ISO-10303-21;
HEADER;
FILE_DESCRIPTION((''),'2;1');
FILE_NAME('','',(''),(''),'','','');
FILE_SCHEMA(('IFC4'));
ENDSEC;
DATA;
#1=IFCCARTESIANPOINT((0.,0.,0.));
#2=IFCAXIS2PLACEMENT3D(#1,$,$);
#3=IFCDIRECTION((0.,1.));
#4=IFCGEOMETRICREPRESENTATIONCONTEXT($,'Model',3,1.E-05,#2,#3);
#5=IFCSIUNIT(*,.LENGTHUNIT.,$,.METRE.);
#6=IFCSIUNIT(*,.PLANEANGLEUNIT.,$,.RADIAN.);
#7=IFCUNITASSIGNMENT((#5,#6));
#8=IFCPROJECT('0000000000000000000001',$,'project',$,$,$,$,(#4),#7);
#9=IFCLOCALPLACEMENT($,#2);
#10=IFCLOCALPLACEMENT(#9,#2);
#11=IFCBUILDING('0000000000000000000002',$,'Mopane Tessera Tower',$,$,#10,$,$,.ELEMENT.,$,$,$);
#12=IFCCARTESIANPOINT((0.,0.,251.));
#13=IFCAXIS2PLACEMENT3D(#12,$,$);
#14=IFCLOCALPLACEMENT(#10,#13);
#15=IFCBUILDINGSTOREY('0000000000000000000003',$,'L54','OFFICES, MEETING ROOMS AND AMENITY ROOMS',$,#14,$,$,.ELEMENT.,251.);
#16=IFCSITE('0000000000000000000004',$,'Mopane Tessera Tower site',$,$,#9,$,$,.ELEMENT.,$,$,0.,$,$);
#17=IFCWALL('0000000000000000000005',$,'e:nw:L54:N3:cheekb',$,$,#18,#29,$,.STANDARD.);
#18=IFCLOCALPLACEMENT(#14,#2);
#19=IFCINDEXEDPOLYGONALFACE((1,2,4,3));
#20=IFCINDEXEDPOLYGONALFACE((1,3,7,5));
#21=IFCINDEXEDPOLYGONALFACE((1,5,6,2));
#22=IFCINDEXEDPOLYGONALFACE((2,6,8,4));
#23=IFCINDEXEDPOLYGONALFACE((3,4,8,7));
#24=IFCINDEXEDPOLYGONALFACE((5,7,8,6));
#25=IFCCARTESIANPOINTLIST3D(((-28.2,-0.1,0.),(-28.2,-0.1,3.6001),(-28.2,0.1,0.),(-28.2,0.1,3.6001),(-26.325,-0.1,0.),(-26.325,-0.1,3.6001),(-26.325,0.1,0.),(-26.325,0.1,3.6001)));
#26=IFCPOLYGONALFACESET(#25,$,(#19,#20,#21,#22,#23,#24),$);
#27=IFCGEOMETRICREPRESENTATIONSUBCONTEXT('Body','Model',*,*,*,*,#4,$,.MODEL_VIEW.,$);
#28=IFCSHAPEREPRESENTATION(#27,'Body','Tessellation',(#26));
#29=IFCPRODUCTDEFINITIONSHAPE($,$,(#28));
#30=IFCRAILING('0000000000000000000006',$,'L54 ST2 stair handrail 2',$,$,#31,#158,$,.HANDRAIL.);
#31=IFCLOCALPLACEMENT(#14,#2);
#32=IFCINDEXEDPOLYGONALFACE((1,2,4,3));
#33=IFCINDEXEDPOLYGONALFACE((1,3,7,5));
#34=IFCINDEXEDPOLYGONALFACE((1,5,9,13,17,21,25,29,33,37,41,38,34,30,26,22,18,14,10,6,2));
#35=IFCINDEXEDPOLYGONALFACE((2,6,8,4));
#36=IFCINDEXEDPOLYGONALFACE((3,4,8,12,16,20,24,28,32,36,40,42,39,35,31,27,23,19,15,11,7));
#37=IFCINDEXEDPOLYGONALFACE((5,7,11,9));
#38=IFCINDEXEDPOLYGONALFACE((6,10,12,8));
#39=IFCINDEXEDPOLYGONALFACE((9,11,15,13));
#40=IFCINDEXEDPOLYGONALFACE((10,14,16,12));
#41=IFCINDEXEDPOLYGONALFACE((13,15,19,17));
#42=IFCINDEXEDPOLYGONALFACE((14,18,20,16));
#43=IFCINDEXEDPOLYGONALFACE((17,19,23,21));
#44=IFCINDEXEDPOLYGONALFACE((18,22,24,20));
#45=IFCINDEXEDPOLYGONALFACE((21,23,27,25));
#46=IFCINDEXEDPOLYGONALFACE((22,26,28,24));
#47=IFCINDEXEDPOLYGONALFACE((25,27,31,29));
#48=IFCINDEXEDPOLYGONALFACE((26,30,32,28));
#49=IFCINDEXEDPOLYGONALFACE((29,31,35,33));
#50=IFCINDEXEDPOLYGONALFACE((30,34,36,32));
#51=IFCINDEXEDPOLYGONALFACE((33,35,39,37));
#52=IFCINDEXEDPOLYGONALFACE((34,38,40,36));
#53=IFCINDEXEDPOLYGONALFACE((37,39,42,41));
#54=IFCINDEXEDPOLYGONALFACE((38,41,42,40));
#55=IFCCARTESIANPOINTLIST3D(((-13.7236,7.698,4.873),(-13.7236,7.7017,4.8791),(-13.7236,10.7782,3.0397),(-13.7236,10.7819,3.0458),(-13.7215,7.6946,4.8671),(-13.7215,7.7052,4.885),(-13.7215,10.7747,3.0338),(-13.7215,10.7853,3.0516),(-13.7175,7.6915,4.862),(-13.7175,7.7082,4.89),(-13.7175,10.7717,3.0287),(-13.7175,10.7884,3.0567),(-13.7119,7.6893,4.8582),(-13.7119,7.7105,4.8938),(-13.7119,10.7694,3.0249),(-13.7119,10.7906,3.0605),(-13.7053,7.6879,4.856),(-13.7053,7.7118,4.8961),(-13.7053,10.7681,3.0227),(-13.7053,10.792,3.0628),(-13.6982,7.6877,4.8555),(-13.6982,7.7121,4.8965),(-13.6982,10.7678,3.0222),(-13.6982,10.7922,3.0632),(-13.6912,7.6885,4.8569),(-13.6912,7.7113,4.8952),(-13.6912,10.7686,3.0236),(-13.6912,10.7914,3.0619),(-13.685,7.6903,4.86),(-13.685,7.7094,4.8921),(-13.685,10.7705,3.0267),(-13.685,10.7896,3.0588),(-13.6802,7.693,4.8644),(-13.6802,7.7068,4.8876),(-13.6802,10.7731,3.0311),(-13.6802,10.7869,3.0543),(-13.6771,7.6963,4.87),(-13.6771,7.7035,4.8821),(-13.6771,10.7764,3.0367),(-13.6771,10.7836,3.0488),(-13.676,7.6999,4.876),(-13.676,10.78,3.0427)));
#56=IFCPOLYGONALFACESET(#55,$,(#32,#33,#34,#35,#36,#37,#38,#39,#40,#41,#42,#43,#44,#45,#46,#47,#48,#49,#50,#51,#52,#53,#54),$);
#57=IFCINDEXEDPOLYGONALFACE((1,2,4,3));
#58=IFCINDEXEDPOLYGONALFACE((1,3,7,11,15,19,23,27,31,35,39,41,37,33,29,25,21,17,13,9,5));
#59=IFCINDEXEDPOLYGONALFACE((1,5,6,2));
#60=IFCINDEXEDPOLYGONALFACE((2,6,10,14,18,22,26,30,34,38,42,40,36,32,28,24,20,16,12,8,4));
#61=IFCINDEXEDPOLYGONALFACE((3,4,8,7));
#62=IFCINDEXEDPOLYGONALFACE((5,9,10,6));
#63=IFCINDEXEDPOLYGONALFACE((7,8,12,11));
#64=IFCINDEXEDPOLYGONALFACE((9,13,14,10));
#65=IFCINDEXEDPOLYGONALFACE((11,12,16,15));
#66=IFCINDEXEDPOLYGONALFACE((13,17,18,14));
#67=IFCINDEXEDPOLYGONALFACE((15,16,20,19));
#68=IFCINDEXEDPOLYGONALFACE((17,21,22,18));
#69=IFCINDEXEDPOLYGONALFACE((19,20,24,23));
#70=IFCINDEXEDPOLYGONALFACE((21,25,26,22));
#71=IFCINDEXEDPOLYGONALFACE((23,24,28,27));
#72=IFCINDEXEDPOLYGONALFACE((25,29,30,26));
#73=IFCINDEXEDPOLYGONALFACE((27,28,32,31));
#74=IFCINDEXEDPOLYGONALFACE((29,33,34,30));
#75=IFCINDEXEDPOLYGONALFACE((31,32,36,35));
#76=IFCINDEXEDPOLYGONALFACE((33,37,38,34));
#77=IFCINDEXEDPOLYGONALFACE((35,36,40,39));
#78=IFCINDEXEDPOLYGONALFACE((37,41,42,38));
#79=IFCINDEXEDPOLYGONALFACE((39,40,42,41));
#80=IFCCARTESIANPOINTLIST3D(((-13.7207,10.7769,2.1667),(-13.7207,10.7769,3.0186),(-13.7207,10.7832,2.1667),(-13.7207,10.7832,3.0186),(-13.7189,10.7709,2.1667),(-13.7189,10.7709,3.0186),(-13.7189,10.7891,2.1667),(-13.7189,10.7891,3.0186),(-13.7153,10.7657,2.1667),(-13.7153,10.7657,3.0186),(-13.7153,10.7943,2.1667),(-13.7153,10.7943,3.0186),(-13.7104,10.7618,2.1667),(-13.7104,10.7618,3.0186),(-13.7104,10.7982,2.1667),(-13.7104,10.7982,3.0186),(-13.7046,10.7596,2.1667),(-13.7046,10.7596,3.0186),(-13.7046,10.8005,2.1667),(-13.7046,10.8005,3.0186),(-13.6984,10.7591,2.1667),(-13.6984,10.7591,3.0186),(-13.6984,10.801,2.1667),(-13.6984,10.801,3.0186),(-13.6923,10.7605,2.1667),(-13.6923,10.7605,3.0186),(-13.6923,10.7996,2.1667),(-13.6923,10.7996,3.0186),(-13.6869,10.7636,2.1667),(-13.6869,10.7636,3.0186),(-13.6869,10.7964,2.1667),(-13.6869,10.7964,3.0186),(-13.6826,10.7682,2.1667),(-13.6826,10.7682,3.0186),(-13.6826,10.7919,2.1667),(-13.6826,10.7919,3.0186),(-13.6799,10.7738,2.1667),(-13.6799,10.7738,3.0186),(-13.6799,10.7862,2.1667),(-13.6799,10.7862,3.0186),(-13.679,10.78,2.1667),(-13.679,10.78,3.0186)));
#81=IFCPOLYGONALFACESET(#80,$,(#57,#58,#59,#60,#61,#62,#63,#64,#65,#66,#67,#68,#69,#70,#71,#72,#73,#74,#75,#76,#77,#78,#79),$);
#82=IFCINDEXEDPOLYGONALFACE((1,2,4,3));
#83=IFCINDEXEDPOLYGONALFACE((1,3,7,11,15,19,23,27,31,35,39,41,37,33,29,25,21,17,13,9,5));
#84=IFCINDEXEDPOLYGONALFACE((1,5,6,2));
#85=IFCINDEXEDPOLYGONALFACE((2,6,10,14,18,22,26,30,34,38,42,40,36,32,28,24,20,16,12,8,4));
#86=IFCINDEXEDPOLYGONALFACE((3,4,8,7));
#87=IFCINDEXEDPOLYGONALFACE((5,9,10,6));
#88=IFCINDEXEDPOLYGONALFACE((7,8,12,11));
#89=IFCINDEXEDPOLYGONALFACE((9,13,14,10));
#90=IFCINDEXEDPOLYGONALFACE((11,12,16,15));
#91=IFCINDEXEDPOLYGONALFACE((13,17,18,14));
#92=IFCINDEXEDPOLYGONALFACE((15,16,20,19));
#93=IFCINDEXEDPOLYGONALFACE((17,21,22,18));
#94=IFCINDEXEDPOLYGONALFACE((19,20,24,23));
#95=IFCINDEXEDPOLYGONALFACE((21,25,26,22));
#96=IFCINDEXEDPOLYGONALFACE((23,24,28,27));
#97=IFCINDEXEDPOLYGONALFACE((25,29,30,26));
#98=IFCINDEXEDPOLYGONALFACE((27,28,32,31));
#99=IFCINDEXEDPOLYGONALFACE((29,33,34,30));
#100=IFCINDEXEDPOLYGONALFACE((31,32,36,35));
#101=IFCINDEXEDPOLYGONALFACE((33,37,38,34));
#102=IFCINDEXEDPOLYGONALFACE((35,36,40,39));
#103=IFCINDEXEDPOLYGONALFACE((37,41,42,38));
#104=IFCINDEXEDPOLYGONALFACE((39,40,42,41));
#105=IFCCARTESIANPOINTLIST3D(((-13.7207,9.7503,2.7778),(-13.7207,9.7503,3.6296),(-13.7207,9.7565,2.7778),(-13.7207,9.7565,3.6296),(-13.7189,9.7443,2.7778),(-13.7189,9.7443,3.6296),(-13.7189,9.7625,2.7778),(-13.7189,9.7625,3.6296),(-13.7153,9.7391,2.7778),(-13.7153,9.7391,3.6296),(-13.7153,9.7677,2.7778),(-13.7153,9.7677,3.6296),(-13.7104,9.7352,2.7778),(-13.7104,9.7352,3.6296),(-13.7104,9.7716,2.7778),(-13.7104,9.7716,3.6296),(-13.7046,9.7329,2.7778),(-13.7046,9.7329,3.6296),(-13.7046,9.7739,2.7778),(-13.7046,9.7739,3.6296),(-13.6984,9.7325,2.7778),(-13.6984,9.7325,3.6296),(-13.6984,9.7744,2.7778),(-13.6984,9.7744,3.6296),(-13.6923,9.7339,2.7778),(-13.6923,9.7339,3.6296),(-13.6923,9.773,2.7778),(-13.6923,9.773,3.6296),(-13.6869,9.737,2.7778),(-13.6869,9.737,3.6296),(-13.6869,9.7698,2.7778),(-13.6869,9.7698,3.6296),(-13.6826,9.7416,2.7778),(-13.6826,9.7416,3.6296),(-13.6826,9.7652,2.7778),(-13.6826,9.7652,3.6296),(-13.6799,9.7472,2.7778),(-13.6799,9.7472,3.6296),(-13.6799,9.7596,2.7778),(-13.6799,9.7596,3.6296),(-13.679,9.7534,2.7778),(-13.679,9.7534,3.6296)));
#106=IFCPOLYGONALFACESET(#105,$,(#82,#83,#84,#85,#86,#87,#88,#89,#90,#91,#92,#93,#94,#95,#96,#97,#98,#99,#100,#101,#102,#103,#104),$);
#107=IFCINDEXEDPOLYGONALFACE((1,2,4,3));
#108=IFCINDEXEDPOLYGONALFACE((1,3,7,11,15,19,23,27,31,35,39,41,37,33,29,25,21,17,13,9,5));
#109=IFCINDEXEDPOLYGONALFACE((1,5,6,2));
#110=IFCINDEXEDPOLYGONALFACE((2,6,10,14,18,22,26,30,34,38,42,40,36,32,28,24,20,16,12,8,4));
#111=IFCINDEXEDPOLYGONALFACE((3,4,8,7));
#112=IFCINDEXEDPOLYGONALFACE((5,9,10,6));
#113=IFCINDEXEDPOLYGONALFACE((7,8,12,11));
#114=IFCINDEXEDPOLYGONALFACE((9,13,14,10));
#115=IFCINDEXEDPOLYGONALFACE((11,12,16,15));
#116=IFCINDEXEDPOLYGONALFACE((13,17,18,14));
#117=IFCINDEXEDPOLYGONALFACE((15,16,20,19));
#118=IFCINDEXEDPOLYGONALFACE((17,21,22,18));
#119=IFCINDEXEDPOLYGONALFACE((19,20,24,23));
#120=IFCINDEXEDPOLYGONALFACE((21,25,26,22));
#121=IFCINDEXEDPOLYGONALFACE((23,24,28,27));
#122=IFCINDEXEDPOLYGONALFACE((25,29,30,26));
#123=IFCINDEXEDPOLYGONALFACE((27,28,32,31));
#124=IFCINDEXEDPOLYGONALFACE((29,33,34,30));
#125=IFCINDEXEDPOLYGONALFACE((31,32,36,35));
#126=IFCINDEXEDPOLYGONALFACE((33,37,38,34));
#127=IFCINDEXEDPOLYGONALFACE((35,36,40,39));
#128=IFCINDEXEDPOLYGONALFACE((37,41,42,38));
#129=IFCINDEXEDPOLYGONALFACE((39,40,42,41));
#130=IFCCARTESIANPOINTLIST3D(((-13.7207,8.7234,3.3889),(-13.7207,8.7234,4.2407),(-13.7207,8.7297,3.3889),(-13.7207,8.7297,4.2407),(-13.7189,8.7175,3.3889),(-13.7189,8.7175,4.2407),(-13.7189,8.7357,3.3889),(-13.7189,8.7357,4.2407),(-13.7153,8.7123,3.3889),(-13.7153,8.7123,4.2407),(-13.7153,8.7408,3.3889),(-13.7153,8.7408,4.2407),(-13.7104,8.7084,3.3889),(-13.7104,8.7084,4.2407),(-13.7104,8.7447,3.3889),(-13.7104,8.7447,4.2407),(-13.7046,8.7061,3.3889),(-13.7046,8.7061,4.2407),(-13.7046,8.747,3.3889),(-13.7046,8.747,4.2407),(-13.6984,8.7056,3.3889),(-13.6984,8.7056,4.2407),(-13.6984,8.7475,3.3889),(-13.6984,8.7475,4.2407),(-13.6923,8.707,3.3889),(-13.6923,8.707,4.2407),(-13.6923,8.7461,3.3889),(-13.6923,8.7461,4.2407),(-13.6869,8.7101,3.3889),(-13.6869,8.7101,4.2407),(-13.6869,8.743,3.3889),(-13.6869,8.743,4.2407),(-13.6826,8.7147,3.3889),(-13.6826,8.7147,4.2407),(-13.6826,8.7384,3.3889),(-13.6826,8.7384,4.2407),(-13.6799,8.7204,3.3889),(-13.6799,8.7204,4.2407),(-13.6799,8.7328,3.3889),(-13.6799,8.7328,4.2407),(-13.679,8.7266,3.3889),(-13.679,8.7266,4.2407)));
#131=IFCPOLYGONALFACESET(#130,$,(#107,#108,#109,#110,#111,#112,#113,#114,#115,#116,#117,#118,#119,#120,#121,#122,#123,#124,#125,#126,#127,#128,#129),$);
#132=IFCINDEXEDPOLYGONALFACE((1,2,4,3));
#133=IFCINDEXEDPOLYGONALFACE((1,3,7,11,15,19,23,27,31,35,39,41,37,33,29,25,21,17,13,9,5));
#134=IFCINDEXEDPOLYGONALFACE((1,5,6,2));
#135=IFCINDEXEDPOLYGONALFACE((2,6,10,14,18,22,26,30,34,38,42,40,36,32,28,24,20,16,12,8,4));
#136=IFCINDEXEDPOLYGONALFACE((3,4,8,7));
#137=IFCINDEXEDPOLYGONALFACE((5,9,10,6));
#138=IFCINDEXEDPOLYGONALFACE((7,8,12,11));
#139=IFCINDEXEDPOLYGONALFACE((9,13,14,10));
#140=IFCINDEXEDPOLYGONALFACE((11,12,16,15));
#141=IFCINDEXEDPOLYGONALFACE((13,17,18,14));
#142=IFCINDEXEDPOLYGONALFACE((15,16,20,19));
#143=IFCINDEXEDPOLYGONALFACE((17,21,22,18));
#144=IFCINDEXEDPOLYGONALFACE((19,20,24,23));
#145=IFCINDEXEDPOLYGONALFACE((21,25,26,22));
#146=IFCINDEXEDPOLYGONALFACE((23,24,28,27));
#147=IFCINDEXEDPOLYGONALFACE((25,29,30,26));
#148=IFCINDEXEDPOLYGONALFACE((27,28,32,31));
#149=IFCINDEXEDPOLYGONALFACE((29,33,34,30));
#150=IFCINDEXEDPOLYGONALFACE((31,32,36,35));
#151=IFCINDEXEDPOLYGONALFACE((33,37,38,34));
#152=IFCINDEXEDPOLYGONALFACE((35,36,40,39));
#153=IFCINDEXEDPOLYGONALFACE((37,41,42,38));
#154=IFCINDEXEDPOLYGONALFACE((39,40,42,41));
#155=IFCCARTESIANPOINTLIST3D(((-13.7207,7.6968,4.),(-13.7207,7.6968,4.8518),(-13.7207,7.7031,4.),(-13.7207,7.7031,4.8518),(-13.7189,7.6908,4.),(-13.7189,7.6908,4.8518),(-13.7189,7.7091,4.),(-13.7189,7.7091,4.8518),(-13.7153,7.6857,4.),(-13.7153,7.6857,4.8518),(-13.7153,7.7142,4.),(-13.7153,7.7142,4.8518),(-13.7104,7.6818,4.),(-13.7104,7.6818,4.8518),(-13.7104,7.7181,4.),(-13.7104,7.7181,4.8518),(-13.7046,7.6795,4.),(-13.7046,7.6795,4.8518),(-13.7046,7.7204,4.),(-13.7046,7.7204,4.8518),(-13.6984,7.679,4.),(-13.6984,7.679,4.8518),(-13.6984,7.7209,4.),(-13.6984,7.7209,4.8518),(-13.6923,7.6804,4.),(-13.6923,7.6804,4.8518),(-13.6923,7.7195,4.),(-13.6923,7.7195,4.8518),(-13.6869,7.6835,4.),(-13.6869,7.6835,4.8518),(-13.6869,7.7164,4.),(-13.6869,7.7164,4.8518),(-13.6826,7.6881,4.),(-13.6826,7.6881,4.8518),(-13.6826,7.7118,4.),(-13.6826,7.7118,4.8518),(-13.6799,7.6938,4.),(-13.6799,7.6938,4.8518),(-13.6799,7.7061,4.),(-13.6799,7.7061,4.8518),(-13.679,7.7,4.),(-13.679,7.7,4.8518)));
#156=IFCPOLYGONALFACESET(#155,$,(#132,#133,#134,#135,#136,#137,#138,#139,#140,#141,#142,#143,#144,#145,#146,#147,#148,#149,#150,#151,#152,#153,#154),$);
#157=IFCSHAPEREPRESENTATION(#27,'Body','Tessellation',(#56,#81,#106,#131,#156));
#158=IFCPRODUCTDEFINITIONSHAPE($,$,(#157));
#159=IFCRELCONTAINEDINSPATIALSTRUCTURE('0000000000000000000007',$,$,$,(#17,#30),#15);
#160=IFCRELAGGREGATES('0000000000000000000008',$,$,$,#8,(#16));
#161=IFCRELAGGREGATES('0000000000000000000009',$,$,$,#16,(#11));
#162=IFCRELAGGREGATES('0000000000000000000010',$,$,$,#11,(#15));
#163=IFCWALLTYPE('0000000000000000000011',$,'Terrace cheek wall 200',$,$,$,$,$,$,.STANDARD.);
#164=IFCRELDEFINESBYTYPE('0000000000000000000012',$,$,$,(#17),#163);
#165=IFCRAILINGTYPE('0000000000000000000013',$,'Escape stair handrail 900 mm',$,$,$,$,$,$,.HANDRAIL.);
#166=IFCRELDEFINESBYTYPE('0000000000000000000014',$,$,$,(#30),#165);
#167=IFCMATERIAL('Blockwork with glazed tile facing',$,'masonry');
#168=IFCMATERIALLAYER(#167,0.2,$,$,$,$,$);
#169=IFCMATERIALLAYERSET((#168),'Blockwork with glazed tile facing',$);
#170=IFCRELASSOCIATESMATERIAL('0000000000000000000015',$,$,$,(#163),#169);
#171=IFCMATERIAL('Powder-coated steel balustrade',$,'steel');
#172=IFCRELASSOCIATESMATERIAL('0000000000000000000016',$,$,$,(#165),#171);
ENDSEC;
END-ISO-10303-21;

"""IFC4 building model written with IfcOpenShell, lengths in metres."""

from ifc_helpers import new_model, si_unit, direction, frame, frame_2d, origin, origin_2d, place, context, subcontext, project, spatial, rectangle, circle, extrude, material, layer, layer_set, type_object, element, save


model = new_model("IFC4")

# Units and contexts
model_context = context("Model", 3, precision=1e-05, world=origin(), true_north=direction((0.0, 1.0)))
body_context = subcontext(model_context, "Body", "Model", "MODEL_VIEW")
ifc_project = project(units=[si_unit("LENGTHUNIT", "METRE"), si_unit("PLANEANGLEUNIT", "RADIAN")], contexts=[model_context])

# Site, building, storey
site_placement = place(None, origin())
site = spatial("IfcSite", under=ifc_project, at=site_placement, Name="Mopane Tessera Tower site", CompositionType="ELEMENT", RefElevation=0.0)
building_placement = place(site_placement, origin())
building = spatial("IfcBuilding", under=site, at=building_placement, Name="Mopane Tessera Tower", CompositionType="ELEMENT")
storey_placement = place(building_placement, frame((0.0, 0.0, 251.0)))
storey = spatial("IfcBuildingStorey", under=building, at=storey_placement, Name="L54", Description="OFFICES, MEETING ROOMS AND AMENITY ROOMS", CompositionType="ELEMENT", Elevation=251.0)

# Wall
ifc_material_1 = material(Name="Blockwork with glazed tile facing", Category="masonry")
ifc_layer_1 = layer(ifc_material_1, 0.2)
ifc_layer_set_1 = layer_set([ifc_layer_1], Name="Blockwork with glazed tile facing")
wall_type_1 = type_object("IfcWallType", Name="Terrace cheek wall 200", PredefinedType="STANDARD", material=ifc_layer_set_1)
wall_1_placement = place(storey_placement, frame((-28.2, 0.0, 0.0), z_axis=(0.0, 0.0, 1.0), x_axis=(1.0, 0.0, 0.0)))
element("IfcWall", 1, at=wall_1_placement, inside=storey, type_object=wall_type_1, Name="e:nw:L54:N3:cheekb", PredefinedType="STANDARD", context=body_context, shape_type="SweptSolid", body=[
    extrude(rectangle(XDim=1.875, YDim=0.2, at=frame_2d((0.9375, 0.0))), origin(), (0.0, 0.0, 1.0), 3.6001),
])

# Railing
ifc_material_2 = material(Name="Powder-coated steel balustrade", Category="steel")
railing_type_1 = type_object("IfcRailingType", Name="Escape stair handrail 900 mm", PredefinedType="HANDRAIL", material=ifc_material_2)
railing_1_placement = place(storey_placement, frame((-13.7, 10.78, 2.1667)))
element("IfcRailing", 2, at=railing_1_placement, inside=storey, type_object=railing_type_1, Name="L54 ST2 stair handrail 2", PredefinedType="HANDRAIL", context=body_context, shape_type="SweptSolid", body=[
    extrude(circle(Radius=0.0239, at=origin_2d()), frame((0.0, 0.0, 0.876), z_axis=(0.0, -0.859309, 0.511458), x_axis=(1.0, 0.0, 0.0)), (0.0, 0.0, 1.0), 3.5845),
    extrude(circle(Radius=0.021, at=origin_2d()), origin(), (0.0, 0.0, 1.0), 0.8518),
    extrude(circle(Radius=0.021, at=origin_2d()), frame((0.0, -1.0266, 0.6111)), (0.0, 0.0, 1.0), 0.8518),
    extrude(circle(Radius=0.021, at=origin_2d()), frame((0.0, -2.0535, 1.2222)), (0.0, 0.0, 1.0), 0.8518),
    extrude(circle(Radius=0.021, at=origin_2d()), frame((0.0, -3.0801, 1.8333)), (0.0, 0.0, 1.0), 0.8518),
])

save(model, "model.ifc")
